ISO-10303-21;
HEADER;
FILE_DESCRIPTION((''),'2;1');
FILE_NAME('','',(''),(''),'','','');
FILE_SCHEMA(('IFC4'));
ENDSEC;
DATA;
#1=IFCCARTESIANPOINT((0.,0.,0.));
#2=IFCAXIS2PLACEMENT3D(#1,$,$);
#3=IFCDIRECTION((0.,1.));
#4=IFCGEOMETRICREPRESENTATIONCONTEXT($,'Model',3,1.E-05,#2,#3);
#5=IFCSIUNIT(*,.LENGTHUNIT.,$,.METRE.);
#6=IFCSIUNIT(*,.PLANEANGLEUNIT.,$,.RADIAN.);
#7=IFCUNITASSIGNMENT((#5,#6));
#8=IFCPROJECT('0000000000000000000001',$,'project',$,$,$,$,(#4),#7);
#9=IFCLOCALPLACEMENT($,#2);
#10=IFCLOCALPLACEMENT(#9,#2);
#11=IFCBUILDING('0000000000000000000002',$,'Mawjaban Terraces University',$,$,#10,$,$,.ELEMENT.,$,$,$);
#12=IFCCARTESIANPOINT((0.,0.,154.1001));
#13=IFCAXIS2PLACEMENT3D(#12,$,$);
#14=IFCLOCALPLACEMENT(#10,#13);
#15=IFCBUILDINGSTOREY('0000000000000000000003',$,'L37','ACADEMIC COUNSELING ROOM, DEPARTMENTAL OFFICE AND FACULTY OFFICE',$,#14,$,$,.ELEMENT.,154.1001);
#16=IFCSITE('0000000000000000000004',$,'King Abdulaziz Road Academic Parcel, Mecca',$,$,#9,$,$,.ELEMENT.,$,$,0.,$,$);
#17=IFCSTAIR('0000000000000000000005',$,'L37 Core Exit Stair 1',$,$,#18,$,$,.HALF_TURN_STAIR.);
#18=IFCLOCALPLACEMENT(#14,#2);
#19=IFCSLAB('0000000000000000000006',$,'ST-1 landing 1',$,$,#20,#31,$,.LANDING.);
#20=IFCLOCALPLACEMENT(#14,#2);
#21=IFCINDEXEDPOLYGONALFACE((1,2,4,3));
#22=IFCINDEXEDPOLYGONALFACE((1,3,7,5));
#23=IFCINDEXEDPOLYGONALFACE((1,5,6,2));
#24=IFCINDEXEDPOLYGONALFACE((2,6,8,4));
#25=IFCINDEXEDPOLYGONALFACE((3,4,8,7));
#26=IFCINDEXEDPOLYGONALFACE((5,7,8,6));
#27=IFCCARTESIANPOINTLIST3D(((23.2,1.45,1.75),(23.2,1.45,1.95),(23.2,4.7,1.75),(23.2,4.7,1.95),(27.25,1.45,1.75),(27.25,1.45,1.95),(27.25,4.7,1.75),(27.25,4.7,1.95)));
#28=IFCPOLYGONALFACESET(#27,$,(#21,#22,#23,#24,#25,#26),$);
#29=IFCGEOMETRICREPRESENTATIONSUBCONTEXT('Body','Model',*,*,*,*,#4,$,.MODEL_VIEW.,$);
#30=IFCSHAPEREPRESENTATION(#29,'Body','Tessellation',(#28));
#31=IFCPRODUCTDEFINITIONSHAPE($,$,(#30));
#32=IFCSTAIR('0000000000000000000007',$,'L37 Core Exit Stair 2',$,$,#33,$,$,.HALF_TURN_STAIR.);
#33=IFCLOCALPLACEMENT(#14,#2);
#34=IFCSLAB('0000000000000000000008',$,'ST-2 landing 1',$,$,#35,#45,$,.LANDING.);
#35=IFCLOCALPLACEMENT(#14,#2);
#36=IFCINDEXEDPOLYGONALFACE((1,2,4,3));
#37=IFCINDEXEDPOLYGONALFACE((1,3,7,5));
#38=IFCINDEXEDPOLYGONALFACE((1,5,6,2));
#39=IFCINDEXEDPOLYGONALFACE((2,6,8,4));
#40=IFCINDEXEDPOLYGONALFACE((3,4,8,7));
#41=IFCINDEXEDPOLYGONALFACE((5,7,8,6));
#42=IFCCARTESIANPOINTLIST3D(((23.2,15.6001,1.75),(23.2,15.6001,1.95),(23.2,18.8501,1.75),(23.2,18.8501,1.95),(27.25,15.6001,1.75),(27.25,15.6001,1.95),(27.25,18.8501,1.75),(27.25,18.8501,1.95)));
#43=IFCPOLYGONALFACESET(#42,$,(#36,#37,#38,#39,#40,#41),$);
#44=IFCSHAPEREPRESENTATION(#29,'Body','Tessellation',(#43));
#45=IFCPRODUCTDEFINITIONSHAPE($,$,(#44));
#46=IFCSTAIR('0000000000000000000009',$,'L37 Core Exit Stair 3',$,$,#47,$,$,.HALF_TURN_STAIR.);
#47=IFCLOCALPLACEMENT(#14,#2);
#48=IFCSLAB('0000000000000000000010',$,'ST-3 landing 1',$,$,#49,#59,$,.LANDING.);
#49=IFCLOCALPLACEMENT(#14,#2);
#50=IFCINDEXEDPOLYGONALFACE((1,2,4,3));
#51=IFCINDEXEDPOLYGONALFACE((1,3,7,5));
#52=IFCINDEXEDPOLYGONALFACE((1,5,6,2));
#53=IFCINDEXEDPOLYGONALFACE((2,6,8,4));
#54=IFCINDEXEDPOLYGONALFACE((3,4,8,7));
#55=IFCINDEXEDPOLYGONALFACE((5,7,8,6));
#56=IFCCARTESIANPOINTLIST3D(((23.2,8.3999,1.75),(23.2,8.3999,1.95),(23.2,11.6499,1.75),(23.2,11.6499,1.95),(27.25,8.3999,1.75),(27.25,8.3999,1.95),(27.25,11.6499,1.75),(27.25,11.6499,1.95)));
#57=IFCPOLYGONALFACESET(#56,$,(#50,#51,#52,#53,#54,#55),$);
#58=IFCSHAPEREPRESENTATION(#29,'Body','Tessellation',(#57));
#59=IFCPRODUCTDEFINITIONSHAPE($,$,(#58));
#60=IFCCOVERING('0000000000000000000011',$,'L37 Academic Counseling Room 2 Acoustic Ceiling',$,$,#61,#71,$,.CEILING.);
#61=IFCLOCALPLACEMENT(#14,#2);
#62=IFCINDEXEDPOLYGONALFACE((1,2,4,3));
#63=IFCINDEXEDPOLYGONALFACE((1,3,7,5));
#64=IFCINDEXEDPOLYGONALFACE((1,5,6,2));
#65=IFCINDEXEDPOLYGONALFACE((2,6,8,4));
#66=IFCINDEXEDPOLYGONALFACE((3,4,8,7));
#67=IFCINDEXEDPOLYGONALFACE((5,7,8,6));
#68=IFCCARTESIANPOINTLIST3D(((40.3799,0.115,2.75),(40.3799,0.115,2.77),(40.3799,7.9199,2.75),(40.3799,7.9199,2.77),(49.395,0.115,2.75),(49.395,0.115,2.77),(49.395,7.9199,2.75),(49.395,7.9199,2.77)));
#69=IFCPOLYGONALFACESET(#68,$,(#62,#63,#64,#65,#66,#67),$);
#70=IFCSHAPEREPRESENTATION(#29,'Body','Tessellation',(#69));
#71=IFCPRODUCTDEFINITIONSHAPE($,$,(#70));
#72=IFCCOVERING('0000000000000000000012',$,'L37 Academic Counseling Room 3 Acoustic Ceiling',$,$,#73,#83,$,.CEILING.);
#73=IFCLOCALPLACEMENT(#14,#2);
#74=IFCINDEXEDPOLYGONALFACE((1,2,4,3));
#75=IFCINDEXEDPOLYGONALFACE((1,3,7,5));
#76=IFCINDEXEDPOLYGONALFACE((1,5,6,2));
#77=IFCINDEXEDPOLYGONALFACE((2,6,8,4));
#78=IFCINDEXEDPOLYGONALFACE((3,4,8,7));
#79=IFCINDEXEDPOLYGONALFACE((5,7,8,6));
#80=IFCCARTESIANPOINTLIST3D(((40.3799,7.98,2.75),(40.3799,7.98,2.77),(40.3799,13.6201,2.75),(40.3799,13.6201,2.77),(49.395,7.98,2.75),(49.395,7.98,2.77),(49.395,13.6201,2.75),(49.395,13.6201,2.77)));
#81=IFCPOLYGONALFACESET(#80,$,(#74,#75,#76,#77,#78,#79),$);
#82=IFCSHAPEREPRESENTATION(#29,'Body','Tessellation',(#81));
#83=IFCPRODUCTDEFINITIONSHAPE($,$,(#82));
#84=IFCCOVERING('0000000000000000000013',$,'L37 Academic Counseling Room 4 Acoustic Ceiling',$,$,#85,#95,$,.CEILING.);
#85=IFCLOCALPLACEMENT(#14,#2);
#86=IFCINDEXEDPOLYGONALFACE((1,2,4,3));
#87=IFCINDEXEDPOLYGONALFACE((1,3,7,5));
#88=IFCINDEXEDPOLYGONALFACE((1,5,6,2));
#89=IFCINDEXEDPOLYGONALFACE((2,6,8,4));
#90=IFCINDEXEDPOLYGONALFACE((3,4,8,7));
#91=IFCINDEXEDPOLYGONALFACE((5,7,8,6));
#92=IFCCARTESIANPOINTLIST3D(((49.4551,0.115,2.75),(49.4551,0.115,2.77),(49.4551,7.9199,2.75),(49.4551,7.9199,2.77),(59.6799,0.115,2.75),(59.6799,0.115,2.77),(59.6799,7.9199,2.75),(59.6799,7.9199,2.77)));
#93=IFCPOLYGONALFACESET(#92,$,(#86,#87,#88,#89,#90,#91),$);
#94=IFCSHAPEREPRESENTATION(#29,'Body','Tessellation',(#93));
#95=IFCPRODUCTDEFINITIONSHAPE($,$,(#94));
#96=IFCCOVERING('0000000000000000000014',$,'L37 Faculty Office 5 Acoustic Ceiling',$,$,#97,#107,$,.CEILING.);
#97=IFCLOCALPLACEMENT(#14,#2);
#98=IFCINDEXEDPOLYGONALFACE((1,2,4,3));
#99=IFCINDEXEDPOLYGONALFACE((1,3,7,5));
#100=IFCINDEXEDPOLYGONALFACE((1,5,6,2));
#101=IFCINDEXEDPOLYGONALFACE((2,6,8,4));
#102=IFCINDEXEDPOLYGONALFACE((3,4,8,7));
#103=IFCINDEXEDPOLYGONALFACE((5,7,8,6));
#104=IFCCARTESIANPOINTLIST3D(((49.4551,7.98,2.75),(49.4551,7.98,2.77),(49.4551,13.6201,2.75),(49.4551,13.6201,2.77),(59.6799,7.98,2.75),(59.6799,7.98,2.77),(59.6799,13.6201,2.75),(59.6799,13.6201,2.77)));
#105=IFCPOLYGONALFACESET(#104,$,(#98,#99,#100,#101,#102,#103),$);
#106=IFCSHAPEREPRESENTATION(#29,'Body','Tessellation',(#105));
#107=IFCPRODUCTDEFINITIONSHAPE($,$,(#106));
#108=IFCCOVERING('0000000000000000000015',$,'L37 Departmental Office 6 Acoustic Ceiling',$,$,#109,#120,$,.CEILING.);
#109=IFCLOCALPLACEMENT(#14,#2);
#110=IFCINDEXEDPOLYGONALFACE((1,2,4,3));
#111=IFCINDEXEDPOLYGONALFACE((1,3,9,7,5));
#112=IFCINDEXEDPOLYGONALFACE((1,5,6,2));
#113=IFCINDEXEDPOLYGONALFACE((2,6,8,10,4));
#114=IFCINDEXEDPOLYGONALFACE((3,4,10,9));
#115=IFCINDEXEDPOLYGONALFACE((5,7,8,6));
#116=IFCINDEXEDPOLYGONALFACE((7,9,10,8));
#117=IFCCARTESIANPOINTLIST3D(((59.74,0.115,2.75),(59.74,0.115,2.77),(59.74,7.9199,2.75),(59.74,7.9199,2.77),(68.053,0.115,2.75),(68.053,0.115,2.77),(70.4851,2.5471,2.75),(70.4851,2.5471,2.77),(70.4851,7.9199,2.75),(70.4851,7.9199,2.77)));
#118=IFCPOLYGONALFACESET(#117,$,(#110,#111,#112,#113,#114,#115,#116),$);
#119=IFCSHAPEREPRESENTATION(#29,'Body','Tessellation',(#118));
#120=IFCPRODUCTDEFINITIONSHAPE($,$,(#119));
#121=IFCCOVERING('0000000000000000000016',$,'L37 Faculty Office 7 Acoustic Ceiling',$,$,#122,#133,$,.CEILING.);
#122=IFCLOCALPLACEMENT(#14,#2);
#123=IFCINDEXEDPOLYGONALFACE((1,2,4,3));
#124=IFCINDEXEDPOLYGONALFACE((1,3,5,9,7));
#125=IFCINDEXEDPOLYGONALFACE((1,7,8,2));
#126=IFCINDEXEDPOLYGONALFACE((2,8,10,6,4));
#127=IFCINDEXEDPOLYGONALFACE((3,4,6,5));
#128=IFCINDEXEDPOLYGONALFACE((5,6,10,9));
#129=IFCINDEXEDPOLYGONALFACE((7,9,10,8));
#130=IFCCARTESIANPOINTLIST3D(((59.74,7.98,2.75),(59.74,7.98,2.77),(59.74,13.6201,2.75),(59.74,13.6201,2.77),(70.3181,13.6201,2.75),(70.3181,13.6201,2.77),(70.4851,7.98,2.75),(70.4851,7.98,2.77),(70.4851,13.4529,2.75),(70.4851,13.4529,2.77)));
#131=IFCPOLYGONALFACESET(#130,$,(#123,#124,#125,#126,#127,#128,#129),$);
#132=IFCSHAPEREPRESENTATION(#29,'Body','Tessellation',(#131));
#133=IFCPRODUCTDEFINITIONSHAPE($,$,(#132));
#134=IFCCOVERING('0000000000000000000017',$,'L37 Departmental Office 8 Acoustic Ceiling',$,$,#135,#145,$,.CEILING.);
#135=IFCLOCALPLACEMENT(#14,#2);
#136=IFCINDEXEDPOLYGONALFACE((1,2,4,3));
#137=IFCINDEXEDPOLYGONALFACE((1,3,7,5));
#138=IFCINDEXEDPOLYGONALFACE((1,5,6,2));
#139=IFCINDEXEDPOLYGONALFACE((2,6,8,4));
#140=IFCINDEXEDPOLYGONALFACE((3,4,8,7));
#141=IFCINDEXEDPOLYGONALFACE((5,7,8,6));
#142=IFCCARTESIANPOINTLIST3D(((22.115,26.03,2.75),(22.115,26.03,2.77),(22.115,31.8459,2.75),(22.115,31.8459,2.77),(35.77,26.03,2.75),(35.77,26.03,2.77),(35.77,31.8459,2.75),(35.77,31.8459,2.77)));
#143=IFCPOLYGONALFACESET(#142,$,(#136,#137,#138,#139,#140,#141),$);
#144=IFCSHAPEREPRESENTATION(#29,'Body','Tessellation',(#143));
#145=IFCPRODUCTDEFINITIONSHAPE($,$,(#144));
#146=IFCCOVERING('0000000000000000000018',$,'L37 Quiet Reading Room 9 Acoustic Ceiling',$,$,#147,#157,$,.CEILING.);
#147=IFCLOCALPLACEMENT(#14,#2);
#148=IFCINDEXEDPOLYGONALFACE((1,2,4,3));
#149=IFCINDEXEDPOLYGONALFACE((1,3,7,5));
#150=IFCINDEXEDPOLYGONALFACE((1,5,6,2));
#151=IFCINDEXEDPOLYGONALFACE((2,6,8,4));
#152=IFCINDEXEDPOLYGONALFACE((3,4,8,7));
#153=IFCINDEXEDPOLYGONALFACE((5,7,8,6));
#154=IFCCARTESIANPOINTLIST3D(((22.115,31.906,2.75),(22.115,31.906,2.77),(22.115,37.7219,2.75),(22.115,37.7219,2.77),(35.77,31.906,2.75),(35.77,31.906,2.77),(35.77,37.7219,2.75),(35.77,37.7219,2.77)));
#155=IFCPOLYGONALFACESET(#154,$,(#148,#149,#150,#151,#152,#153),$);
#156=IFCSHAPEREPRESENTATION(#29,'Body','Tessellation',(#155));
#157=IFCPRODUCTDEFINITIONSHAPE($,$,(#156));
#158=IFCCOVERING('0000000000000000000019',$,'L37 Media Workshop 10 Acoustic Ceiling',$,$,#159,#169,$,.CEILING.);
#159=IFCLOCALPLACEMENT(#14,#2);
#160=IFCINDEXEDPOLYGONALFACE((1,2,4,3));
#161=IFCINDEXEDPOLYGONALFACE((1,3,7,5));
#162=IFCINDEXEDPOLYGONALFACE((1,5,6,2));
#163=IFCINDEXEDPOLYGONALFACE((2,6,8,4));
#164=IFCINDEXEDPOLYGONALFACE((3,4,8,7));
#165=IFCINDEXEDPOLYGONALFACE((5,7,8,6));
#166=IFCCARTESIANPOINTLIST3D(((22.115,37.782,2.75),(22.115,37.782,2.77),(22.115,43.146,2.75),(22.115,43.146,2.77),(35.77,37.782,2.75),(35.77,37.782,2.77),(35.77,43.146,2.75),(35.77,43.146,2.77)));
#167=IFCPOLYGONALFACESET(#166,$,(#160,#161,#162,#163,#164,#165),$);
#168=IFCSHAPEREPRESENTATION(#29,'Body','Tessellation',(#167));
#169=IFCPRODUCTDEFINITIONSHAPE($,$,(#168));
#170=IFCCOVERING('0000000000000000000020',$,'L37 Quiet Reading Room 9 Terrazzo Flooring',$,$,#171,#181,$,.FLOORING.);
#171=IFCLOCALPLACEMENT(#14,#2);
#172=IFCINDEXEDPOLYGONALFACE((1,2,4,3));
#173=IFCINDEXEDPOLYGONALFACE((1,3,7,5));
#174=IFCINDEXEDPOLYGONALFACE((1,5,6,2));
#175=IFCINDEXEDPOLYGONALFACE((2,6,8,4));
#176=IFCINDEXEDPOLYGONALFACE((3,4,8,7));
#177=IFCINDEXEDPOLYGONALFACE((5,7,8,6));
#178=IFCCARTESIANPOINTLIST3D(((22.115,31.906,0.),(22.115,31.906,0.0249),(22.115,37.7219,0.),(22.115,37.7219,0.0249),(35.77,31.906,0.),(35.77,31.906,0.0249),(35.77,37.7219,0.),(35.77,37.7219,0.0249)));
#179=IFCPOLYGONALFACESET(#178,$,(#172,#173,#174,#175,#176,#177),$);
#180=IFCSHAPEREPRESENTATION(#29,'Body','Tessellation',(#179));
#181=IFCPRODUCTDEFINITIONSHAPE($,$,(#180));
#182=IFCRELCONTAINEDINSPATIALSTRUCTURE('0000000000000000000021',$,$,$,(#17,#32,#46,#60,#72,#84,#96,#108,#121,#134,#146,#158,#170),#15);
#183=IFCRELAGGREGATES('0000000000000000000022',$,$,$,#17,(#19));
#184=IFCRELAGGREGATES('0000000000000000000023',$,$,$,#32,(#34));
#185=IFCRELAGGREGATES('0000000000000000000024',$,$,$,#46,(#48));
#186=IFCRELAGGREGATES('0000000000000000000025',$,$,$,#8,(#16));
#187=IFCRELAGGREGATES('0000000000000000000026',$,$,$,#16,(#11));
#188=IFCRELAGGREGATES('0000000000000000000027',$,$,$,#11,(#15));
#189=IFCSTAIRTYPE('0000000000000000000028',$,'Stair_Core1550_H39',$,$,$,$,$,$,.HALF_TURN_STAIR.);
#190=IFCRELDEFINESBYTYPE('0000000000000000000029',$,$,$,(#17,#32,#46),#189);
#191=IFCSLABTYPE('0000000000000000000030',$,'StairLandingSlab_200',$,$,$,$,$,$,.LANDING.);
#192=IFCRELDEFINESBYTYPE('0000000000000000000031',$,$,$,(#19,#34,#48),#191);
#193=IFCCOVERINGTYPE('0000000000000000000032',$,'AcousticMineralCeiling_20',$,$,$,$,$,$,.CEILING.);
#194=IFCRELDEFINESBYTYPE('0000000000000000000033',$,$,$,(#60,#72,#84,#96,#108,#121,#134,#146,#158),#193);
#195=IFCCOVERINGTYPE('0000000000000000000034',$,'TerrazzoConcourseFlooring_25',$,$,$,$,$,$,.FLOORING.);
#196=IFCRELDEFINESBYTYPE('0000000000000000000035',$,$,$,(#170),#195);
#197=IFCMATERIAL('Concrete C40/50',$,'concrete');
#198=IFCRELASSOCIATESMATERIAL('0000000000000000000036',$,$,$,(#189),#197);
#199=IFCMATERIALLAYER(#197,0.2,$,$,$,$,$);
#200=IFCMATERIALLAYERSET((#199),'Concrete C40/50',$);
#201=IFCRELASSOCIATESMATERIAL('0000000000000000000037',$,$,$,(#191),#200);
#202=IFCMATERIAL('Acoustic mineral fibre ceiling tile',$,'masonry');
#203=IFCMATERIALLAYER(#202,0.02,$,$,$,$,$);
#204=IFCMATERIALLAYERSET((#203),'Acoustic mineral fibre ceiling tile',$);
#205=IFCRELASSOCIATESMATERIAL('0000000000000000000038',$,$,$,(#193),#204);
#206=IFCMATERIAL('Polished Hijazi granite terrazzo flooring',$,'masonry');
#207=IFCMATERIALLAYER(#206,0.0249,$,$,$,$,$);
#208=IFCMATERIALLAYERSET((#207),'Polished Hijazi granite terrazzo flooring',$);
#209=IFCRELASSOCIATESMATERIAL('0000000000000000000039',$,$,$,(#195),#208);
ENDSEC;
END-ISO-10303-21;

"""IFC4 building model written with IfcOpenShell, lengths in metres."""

from ifc_helpers import new_model, si_unit, direction, frame, origin, place, context, subcontext, project, spatial, polyline, outline, extrude, material, layer, layer_set, type_object, element, aggregate, save


model = new_model("IFC4")

# Units and contexts
model_context = context("Model", 3, precision=1e-05, world=origin(), true_north=direction((0.0, 1.0)))
body_context = subcontext(model_context, "Body", "Model", "MODEL_VIEW")
ifc_project = project(units=[si_unit("LENGTHUNIT", "METRE"), si_unit("PLANEANGLEUNIT", "RADIAN")], contexts=[model_context])

# Site, building, storey
site_placement = place(None, origin())
site = spatial("IfcSite", under=ifc_project, at=site_placement, Name="King Abdulaziz Road Academic Parcel, Mecca", CompositionType="ELEMENT", RefElevation=0.0)
building_placement = place(site_placement, origin())
building = spatial("IfcBuilding", under=site, at=building_placement, Name="Mawjaban Terraces University", CompositionType="ELEMENT")
storey_placement = place(building_placement, frame((0.0, 0.0, 154.1001)))
storey = spatial("IfcBuildingStorey", under=building, at=storey_placement, Name="L37", Description="ACADEMIC COUNSELING ROOM, DEPARTMENTAL OFFICE AND FACULTY OFFICE", CompositionType="ELEMENT", Elevation=154.1001)

# Shared definitions
ifc_material_1 = material(Name="Concrete C40/50", Category="concrete")

# Stairs, slabs
stair_type = type_object("IfcStairType", Name="Stair_Core1550_H39", PredefinedType="HALF_TURN_STAIR", material=ifc_material_1)
stair_1_placement = place(storey_placement, origin())
stair_1 = element("IfcStair", 1, at=stair_1_placement, inside=storey, type_object=stair_type, Name="L37 Core Exit Stair 1", PredefinedType="HALF_TURN_STAIR")
ifc_layer_1 = layer(ifc_material_1, 0.2)
ifc_layer_set_1 = layer_set([ifc_layer_1], Name="Concrete C40/50")
slab_type_1 = type_object("IfcSlabType", Name="StairLandingSlab_200", PredefinedType="LANDING", material=ifc_layer_set_1)
slab_1_placement = place(storey_placement, frame((0.0, 0.0, 1.75)))
slab_1 = element("IfcSlab", 2, at=slab_1_placement, type_object=slab_type_1, Name="ST-1 landing 1", PredefinedType="LANDING", context=body_context, shape_type="SweptSolid", body=[
    extrude(outline(polyline([(27.25, 4.7), (23.2, 4.7), (23.2, 1.45), (27.25, 1.45), (27.25, 4.7)])), origin(), (0.0, 0.0, 1.0), 0.2),
])
aggregate(stair_1, [slab_1])
stair_2_placement = place(storey_placement, origin())
stair_2 = element("IfcStair", 3, at=stair_2_placement, inside=storey, type_object=stair_type, Name="L37 Core Exit Stair 2", PredefinedType="HALF_TURN_STAIR")
slab_2_placement = place(storey_placement, frame((0.0, 0.0, 1.75)))
slab_2 = element("IfcSlab", 4, at=slab_2_placement, type_object=slab_type_1, Name="ST-2 landing 1", PredefinedType="LANDING", context=body_context, shape_type="SweptSolid", body=[
    extrude(outline(polyline([(27.25, 18.8501), (23.2, 18.8501), (23.2, 15.6001), (27.25, 15.6001), (27.25, 18.8501)])), origin(), (0.0, 0.0, 1.0), 0.2),
])
aggregate(stair_2, [slab_2])
stair_3_placement = place(storey_placement, origin())
stair_3 = element("IfcStair", 5, at=stair_3_placement, inside=storey, type_object=stair_type, Name="L37 Core Exit Stair 3", PredefinedType="HALF_TURN_STAIR")
slab_3_placement = place(storey_placement, frame((0.0, 0.0, 1.75)))
slab_3 = element("IfcSlab", 6, at=slab_3_placement, type_object=slab_type_1, Name="ST-3 landing 1", PredefinedType="LANDING", context=body_context, shape_type="SweptSolid", body=[
    extrude(outline(polyline([(27.25, 11.6499), (23.2, 11.6499), (23.2, 8.3999), (27.25, 8.3999), (27.25, 11.6499)])), origin(), (0.0, 0.0, 1.0), 0.2),
])
aggregate(stair_3, [slab_3])

# Coverings
ifc_material_2 = material(Name="Acoustic mineral fibre ceiling tile", Category="masonry")
ifc_layer_2 = layer(ifc_material_2, 0.02)
ifc_layer_set_2 = layer_set([ifc_layer_2], Name="Acoustic mineral fibre ceiling tile")
covering_type_1 = type_object("IfcCoveringType", Name="AcousticMineralCeiling_20", PredefinedType="CEILING", material=ifc_layer_set_2)
covering_1_placement = place(storey_placement, frame((0.0, 0.0, 2.75)))
element("IfcCovering", 7, at=covering_1_placement, inside=storey, type_object=covering_type_1, Name="L37 Academic Counseling Room 2 Acoustic Ceiling", PredefinedType="CEILING", context=body_context, shape_type="SweptSolid", body=[
    extrude(outline(polyline([(40.3799, 0.115), (49.395, 0.115), (49.395, 7.9199), (40.3799, 7.9199), (40.3799, 0.115)])), origin(), (0.0, 0.0, 1.0), 0.02),
])
covering_2_placement = place(storey_placement, frame((0.0, 0.0, 2.75)))
element("IfcCovering", 8, at=covering_2_placement, inside=storey, type_object=covering_type_1, Name="L37 Academic Counseling Room 3 Acoustic Ceiling", PredefinedType="CEILING", context=body_context, shape_type="SweptSolid", body=[
    extrude(outline(polyline([(49.395, 7.98), (49.395, 13.6201), (40.3799, 13.6201), (40.3799, 7.98), (49.395, 7.98)])), origin(), (0.0, 0.0, 1.0), 0.02),
])
covering_3_placement = place(storey_placement, frame((0.0, 0.0, 2.75)))
element("IfcCovering", 9, at=covering_3_placement, inside=storey, type_object=covering_type_1, Name="L37 Academic Counseling Room 4 Acoustic Ceiling", PredefinedType="CEILING", context=body_context, shape_type="SweptSolid", body=[
    extrude(outline(polyline([(49.4551, 0.115), (59.6799, 0.115), (59.6799, 7.9199), (49.4551, 7.9199), (49.4551, 0.115)])), origin(), (0.0, 0.0, 1.0), 0.02),
])
covering_4_placement = place(storey_placement, frame((0.0, 0.0, 2.75)))
element("IfcCovering", 10, at=covering_4_placement, inside=storey, type_object=covering_type_1, Name="L37 Faculty Office 5 Acoustic Ceiling", PredefinedType="CEILING", context=body_context, shape_type="SweptSolid", body=[
    extrude(outline(polyline([(59.6799, 7.98), (59.6799, 13.6201), (49.4551, 13.6201), (49.4551, 7.98), (59.6799, 7.98)])), origin(), (0.0, 0.0, 1.0), 0.02),
])
covering_5_placement = place(storey_placement, frame((0.0, 0.0, 2.75)))
element("IfcCovering", 11, at=covering_5_placement, inside=storey, type_object=covering_type_1, Name="L37 Departmental Office 6 Acoustic Ceiling", PredefinedType="CEILING", context=body_context, shape_type="SweptSolid", body=[
    extrude(outline(polyline([(59.74, 0.115), (68.053, 0.115), (70.4851, 2.5471), (70.4851, 7.9199), (59.74, 7.9199), (59.74, 0.115)])), origin(), (0.0, 0.0, 1.0), 0.02),
])
covering_6_placement = place(storey_placement, frame((0.0, 0.0, 2.75)))
element("IfcCovering", 12, at=covering_6_placement, inside=storey, type_object=covering_type_1, Name="L37 Faculty Office 7 Acoustic Ceiling", PredefinedType="CEILING", context=body_context, shape_type="SweptSolid", body=[
    extrude(outline(polyline([(70.4851, 7.98), (70.4851, 13.4529), (70.3181, 13.6201), (59.74, 13.6201), (59.74, 7.98), (70.4851, 7.98)])), origin(), (0.0, 0.0, 1.0), 0.02),
])
covering_7_placement = place(storey_placement, frame((0.0, 0.0, 2.75)))
element("IfcCovering", 13, at=covering_7_placement, inside=storey, type_object=covering_type_1, Name="L37 Departmental Office 8 Acoustic Ceiling", PredefinedType="CEILING", context=body_context, shape_type="SweptSolid", body=[
    extrude(outline(polyline([(22.115, 31.8459), (22.115, 26.03), (35.77, 26.03), (35.77, 31.8459), (22.115, 31.8459)])), origin(), (0.0, 0.0, 1.0), 0.02),
])
covering_8_placement = place(storey_placement, frame((0.0, 0.0, 2.75)))
element("IfcCovering", 14, at=covering_8_placement, inside=storey, type_object=covering_type_1, Name="L37 Quiet Reading Room 9 Acoustic Ceiling", PredefinedType="CEILING", context=body_context, shape_type="SweptSolid", body=[
    extrude(outline(polyline([(22.115, 37.7219), (22.115, 31.906), (35.77, 31.906), (35.77, 37.7219), (22.115, 37.7219)])), origin(), (0.0, 0.0, 1.0), 0.02),
])
covering_9_placement = place(storey_placement, frame((0.0, 0.0, 2.75)))
element("IfcCovering", 15, at=covering_9_placement, inside=storey, type_object=covering_type_1, Name="L37 Media Workshop 10 Acoustic Ceiling", PredefinedType="CEILING", context=body_context, shape_type="SweptSolid", body=[
    extrude(outline(polyline([(22.115, 43.146), (22.115, 37.782), (35.77, 37.782), (35.77, 43.146), (22.115, 43.146)])), origin(), (0.0, 0.0, 1.0), 0.02),
])
ifc_material_3 = material(Name="Polished Hijazi granite terrazzo flooring", Category="masonry")
ifc_layer_3 = layer(ifc_material_3, 0.0249)
ifc_layer_set_3 = layer_set([ifc_layer_3], Name="Polished Hijazi granite terrazzo flooring")
covering_type_2 = type_object("IfcCoveringType", Name="TerrazzoConcourseFlooring_25", PredefinedType="FLOORING", material=ifc_layer_set_3)
covering_10_placement = place(storey_placement, origin())
element("IfcCovering", 16, at=covering_10_placement, inside=storey, type_object=covering_type_2, Name="L37 Quiet Reading Room 9 Terrazzo Flooring", PredefinedType="FLOORING", context=body_context, shape_type="SweptSolid", body=[
    extrude(outline(polyline([(22.115, 37.7219), (22.115, 31.906), (35.77, 31.906), (35.77, 37.7219), (22.115, 37.7219)])), origin(), (0.0, 0.0, 1.0), 0.0249),
])

save(model, "model.ifc")
